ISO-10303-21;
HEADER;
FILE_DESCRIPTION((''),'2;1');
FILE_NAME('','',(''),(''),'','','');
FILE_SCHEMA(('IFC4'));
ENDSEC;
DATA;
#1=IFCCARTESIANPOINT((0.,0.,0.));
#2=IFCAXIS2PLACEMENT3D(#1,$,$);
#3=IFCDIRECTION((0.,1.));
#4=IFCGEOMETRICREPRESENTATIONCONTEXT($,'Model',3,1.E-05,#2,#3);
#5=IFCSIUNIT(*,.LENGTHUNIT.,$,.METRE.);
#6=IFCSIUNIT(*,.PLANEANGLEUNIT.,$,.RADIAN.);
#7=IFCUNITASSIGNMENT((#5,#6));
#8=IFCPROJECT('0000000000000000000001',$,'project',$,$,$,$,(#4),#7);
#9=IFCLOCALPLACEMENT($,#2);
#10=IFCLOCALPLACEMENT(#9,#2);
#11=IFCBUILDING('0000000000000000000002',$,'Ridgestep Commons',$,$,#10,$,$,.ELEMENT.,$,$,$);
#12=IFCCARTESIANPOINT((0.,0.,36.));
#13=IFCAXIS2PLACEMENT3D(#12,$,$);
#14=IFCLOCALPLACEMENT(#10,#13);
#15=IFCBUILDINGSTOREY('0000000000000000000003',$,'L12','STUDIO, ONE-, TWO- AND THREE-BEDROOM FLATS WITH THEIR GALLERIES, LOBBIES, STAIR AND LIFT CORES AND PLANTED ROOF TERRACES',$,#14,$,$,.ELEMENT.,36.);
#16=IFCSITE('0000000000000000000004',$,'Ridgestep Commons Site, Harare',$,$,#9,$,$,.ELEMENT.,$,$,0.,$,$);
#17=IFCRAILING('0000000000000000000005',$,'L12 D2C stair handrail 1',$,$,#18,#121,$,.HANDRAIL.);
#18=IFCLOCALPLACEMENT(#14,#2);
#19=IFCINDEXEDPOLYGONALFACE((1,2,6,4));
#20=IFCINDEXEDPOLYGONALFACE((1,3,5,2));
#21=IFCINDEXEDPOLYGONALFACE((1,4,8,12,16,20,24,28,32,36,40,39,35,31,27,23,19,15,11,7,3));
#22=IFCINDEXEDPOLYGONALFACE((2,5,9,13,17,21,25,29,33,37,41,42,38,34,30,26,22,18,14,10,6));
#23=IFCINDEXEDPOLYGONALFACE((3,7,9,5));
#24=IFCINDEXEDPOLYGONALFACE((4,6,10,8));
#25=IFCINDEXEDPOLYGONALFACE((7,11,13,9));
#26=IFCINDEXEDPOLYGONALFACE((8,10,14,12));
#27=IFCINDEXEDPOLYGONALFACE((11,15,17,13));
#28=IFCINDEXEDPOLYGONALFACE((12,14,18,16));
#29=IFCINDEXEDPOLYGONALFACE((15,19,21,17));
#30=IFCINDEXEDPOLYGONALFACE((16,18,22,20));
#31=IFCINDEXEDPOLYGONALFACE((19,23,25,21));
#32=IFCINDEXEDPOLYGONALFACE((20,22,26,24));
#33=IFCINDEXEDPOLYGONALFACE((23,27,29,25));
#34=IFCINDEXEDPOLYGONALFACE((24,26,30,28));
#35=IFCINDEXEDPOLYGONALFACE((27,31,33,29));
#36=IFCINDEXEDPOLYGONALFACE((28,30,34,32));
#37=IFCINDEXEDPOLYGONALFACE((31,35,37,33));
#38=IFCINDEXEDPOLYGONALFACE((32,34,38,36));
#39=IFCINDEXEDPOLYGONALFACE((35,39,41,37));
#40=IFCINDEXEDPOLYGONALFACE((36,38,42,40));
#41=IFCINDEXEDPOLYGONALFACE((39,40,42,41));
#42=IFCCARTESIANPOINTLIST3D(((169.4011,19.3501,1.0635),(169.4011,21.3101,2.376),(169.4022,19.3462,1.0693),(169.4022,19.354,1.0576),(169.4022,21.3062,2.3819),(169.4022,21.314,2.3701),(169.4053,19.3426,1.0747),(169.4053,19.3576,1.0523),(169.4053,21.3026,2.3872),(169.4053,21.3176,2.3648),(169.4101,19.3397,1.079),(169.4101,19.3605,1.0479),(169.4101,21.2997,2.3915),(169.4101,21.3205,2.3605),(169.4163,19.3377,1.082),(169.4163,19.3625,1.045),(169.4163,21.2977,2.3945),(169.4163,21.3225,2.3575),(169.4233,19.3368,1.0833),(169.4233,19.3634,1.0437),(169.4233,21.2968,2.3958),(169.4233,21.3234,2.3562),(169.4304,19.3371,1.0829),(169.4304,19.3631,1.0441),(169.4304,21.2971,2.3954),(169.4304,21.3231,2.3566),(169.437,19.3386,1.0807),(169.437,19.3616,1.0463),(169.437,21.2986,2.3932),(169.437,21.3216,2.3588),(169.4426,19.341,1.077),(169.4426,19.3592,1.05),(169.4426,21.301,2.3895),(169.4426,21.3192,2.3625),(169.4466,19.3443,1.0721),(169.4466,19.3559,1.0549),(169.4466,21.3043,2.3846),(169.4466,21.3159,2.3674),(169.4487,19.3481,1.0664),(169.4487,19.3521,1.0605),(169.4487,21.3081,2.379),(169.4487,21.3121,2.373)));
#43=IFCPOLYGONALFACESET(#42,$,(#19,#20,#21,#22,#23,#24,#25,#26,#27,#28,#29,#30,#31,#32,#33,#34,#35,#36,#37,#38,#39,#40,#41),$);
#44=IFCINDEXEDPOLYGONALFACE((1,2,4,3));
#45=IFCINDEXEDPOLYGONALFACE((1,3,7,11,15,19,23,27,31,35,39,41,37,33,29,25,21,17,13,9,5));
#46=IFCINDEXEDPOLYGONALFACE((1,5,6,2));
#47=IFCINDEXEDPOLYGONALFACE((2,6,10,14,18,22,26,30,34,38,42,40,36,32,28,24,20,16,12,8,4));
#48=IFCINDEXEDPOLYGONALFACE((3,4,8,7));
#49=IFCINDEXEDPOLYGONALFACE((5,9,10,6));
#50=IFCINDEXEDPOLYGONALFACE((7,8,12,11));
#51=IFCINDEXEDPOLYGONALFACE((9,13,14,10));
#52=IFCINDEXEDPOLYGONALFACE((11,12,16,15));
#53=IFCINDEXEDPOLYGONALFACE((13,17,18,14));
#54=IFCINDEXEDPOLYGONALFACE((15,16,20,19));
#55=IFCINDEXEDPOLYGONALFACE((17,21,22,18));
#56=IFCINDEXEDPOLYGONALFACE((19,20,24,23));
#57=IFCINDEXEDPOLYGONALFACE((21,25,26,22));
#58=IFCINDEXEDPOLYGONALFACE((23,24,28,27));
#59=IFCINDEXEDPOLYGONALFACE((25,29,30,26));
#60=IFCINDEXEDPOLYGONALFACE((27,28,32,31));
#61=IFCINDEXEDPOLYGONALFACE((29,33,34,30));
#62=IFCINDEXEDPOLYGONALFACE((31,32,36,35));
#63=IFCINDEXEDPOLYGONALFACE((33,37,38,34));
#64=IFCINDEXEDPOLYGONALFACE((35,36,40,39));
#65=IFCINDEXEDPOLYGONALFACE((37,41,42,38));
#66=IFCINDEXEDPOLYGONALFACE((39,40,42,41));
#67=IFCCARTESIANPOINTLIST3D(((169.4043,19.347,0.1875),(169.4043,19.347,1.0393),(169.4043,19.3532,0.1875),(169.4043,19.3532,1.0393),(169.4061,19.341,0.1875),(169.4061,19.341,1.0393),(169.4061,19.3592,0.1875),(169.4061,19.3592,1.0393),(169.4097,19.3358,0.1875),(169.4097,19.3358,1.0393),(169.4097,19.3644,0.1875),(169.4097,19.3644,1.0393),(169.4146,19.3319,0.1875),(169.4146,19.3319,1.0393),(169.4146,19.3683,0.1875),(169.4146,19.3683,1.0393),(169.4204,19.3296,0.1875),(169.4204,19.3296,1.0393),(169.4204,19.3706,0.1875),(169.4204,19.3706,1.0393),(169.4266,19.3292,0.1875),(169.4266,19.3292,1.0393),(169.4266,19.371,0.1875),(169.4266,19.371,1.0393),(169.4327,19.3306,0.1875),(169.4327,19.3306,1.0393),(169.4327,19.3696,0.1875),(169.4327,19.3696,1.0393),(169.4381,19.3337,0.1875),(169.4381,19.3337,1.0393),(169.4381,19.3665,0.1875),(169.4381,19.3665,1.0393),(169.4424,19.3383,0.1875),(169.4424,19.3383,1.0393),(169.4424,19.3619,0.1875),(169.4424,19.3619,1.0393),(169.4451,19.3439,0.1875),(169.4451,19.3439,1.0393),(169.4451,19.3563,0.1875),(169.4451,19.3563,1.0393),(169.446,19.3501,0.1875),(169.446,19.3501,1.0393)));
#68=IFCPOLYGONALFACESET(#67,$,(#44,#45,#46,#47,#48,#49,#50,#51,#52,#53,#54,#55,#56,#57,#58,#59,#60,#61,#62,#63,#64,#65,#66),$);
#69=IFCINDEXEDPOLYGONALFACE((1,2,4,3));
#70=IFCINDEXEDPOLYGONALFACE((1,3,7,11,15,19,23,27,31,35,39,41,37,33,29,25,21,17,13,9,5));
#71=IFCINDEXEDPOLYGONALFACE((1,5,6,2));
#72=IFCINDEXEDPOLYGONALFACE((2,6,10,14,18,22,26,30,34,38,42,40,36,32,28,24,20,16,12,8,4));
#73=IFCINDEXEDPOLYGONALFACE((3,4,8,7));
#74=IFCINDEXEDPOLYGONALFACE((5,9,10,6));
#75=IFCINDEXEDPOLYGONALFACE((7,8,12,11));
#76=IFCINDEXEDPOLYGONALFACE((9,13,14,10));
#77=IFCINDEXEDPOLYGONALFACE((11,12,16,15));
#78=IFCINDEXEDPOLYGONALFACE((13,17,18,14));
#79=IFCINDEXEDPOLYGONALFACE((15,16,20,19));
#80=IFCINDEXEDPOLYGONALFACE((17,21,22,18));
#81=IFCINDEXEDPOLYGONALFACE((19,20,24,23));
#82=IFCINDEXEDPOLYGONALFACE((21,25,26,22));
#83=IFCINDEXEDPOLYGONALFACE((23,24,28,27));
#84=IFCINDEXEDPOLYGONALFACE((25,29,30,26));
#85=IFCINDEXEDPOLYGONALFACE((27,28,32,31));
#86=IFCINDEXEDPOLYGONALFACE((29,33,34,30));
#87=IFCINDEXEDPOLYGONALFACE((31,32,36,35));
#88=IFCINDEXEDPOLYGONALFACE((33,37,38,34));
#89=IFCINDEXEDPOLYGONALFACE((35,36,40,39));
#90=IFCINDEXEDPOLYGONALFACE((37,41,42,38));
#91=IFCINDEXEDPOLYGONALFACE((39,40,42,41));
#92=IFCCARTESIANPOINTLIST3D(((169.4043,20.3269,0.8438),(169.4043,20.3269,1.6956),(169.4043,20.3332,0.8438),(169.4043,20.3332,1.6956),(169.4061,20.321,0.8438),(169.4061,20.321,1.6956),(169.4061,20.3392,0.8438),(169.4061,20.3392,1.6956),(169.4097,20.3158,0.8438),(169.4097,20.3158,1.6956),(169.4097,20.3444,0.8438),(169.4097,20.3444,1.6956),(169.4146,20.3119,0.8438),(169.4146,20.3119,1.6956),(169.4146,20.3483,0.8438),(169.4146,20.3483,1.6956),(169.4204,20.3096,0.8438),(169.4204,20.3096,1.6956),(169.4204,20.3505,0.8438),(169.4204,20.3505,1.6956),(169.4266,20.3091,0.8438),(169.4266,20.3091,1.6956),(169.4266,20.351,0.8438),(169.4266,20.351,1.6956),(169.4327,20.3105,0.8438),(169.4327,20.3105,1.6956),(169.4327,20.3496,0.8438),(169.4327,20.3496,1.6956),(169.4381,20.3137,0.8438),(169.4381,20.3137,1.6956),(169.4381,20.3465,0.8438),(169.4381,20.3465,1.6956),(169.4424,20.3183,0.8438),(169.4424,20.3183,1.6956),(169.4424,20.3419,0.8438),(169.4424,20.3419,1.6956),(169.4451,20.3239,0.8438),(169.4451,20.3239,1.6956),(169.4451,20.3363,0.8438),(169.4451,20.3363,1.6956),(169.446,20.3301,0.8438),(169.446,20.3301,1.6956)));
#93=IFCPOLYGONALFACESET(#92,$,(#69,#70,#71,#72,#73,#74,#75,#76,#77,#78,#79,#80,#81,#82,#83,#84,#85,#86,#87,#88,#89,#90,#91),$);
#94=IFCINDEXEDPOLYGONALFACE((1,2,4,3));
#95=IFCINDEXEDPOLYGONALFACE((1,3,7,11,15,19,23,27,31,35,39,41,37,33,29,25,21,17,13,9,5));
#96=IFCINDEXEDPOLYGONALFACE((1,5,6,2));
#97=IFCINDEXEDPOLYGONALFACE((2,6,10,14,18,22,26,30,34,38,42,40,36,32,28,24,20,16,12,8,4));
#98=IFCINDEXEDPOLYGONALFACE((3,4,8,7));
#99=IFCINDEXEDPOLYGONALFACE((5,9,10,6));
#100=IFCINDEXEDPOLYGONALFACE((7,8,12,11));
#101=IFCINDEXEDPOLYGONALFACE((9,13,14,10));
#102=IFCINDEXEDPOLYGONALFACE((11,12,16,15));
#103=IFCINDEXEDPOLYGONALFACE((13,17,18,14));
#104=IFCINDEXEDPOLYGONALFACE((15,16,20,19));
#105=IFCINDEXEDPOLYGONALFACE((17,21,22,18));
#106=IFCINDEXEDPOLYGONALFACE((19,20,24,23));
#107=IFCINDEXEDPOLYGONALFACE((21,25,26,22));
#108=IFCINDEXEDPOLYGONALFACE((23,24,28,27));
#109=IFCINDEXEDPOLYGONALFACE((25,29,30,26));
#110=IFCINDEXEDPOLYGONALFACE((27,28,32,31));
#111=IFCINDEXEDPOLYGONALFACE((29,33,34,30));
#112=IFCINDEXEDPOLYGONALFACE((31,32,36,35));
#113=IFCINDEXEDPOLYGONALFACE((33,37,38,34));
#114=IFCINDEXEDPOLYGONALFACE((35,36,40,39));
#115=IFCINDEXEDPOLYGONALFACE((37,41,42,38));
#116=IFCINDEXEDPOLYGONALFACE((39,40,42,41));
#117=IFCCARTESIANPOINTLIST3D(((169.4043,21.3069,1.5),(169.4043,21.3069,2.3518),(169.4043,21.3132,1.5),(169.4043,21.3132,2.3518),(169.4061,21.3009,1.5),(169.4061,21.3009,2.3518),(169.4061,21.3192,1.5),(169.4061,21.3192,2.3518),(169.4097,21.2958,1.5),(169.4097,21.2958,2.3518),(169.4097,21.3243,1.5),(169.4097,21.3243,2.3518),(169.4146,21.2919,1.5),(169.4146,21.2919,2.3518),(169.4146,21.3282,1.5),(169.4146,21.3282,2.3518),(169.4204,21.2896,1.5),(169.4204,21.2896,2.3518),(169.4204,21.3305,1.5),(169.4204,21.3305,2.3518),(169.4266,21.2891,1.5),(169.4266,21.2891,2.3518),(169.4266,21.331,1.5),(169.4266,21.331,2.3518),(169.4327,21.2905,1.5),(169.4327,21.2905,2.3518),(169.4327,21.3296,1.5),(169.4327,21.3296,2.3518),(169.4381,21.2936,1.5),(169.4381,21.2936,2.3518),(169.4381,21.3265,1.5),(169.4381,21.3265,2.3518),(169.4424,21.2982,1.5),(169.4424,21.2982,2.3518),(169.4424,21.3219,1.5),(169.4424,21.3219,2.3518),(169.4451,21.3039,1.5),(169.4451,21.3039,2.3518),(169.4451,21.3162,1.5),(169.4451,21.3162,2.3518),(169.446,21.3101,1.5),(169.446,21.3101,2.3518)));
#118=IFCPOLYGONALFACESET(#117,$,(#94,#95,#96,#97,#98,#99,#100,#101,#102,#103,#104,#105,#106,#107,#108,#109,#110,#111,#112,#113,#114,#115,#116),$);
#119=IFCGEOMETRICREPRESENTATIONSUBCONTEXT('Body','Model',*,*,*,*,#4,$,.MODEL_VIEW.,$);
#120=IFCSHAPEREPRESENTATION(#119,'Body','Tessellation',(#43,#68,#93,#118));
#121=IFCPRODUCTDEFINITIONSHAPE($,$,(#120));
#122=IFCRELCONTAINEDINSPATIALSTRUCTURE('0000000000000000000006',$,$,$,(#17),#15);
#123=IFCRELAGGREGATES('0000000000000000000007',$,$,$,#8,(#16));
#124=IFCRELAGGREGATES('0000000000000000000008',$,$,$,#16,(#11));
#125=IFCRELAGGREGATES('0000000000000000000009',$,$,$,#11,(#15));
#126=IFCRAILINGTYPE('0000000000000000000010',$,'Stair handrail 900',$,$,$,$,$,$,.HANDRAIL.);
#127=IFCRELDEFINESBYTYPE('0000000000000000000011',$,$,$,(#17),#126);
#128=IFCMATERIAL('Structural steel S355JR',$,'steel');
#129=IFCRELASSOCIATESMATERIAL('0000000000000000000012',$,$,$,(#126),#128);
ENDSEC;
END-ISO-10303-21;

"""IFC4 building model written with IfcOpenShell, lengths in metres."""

from ifc_helpers import new_model, si_unit, direction, frame, origin, origin_2d, place, context, subcontext, project, spatial, circle, extrude, material, type_object, element, save


model = new_model("IFC4")

# Units and contexts
model_context = context("Model", 3, precision=1e-05, world=origin(), true_north=direction((0.0, 1.0)))
body_context = subcontext(model_context, "Body", "Model", "MODEL_VIEW")
ifc_project = project(units=[si_unit("LENGTHUNIT", "METRE"), si_unit("PLANEANGLEUNIT", "RADIAN")], contexts=[model_context])

# Site, building, storey
site_placement = place(None, origin())
site = spatial("IfcSite", under=ifc_project, at=site_placement, Name="Ridgestep Commons Site, Harare", CompositionType="ELEMENT", RefElevation=0.0)
building_placement = place(site_placement, origin())
building = spatial("IfcBuilding", under=site, at=building_placement, Name="Ridgestep Commons", CompositionType="ELEMENT")
storey_placement = place(building_placement, frame((0.0, 0.0, 36.0)))
storey = spatial("IfcBuildingStorey", under=building, at=storey_placement, Name="L12", Description="STUDIO, ONE-, TWO- AND THREE-BEDROOM FLATS WITH THEIR GALLERIES, LOBBIES, STAIR AND LIFT CORES AND PLANTED ROOF TERRACES", CompositionType="ELEMENT", Elevation=36.0)

# Railing
ifc_material_1 = material(Name="Structural steel S355JR", Category="steel")
railing_type_1 = type_object("IfcRailingType", Name="Stair handrail 900", PredefinedType="HANDRAIL", material=ifc_material_1)
railing_1_placement = place(storey_placement, frame((169.425, 19.3501, 0.1875)))
element("IfcRailing", 1, at=railing_1_placement, inside=storey, type_object=railing_type_1, Name="L12 D2C stair handrail 1", PredefinedType="HANDRAIL", context=body_context, shape_type="SweptSolid", body=[
    extrude(circle(Radius=0.0239, at=origin_2d()), frame((0.0, 0.0, 0.876), z_axis=(0.0, 0.830902, 0.556419), x_axis=(-1.0, 0.0, 0.0)), (0.0, 0.0, 1.0), 2.3589),
    extrude(circle(Radius=0.021, at=origin_2d()), origin(), (0.0, 0.0, 1.0), 0.8518),
    extrude(circle(Radius=0.021, at=origin_2d()), frame((0.0, 0.98, 0.6562)), (0.0, 0.0, 1.0), 0.8518),
    extrude(circle(Radius=0.021, at=origin_2d()), frame((0.0, 1.96, 1.3125)), (0.0, 0.0, 1.0), 0.8518),
])

save(model, "model.ifc")
